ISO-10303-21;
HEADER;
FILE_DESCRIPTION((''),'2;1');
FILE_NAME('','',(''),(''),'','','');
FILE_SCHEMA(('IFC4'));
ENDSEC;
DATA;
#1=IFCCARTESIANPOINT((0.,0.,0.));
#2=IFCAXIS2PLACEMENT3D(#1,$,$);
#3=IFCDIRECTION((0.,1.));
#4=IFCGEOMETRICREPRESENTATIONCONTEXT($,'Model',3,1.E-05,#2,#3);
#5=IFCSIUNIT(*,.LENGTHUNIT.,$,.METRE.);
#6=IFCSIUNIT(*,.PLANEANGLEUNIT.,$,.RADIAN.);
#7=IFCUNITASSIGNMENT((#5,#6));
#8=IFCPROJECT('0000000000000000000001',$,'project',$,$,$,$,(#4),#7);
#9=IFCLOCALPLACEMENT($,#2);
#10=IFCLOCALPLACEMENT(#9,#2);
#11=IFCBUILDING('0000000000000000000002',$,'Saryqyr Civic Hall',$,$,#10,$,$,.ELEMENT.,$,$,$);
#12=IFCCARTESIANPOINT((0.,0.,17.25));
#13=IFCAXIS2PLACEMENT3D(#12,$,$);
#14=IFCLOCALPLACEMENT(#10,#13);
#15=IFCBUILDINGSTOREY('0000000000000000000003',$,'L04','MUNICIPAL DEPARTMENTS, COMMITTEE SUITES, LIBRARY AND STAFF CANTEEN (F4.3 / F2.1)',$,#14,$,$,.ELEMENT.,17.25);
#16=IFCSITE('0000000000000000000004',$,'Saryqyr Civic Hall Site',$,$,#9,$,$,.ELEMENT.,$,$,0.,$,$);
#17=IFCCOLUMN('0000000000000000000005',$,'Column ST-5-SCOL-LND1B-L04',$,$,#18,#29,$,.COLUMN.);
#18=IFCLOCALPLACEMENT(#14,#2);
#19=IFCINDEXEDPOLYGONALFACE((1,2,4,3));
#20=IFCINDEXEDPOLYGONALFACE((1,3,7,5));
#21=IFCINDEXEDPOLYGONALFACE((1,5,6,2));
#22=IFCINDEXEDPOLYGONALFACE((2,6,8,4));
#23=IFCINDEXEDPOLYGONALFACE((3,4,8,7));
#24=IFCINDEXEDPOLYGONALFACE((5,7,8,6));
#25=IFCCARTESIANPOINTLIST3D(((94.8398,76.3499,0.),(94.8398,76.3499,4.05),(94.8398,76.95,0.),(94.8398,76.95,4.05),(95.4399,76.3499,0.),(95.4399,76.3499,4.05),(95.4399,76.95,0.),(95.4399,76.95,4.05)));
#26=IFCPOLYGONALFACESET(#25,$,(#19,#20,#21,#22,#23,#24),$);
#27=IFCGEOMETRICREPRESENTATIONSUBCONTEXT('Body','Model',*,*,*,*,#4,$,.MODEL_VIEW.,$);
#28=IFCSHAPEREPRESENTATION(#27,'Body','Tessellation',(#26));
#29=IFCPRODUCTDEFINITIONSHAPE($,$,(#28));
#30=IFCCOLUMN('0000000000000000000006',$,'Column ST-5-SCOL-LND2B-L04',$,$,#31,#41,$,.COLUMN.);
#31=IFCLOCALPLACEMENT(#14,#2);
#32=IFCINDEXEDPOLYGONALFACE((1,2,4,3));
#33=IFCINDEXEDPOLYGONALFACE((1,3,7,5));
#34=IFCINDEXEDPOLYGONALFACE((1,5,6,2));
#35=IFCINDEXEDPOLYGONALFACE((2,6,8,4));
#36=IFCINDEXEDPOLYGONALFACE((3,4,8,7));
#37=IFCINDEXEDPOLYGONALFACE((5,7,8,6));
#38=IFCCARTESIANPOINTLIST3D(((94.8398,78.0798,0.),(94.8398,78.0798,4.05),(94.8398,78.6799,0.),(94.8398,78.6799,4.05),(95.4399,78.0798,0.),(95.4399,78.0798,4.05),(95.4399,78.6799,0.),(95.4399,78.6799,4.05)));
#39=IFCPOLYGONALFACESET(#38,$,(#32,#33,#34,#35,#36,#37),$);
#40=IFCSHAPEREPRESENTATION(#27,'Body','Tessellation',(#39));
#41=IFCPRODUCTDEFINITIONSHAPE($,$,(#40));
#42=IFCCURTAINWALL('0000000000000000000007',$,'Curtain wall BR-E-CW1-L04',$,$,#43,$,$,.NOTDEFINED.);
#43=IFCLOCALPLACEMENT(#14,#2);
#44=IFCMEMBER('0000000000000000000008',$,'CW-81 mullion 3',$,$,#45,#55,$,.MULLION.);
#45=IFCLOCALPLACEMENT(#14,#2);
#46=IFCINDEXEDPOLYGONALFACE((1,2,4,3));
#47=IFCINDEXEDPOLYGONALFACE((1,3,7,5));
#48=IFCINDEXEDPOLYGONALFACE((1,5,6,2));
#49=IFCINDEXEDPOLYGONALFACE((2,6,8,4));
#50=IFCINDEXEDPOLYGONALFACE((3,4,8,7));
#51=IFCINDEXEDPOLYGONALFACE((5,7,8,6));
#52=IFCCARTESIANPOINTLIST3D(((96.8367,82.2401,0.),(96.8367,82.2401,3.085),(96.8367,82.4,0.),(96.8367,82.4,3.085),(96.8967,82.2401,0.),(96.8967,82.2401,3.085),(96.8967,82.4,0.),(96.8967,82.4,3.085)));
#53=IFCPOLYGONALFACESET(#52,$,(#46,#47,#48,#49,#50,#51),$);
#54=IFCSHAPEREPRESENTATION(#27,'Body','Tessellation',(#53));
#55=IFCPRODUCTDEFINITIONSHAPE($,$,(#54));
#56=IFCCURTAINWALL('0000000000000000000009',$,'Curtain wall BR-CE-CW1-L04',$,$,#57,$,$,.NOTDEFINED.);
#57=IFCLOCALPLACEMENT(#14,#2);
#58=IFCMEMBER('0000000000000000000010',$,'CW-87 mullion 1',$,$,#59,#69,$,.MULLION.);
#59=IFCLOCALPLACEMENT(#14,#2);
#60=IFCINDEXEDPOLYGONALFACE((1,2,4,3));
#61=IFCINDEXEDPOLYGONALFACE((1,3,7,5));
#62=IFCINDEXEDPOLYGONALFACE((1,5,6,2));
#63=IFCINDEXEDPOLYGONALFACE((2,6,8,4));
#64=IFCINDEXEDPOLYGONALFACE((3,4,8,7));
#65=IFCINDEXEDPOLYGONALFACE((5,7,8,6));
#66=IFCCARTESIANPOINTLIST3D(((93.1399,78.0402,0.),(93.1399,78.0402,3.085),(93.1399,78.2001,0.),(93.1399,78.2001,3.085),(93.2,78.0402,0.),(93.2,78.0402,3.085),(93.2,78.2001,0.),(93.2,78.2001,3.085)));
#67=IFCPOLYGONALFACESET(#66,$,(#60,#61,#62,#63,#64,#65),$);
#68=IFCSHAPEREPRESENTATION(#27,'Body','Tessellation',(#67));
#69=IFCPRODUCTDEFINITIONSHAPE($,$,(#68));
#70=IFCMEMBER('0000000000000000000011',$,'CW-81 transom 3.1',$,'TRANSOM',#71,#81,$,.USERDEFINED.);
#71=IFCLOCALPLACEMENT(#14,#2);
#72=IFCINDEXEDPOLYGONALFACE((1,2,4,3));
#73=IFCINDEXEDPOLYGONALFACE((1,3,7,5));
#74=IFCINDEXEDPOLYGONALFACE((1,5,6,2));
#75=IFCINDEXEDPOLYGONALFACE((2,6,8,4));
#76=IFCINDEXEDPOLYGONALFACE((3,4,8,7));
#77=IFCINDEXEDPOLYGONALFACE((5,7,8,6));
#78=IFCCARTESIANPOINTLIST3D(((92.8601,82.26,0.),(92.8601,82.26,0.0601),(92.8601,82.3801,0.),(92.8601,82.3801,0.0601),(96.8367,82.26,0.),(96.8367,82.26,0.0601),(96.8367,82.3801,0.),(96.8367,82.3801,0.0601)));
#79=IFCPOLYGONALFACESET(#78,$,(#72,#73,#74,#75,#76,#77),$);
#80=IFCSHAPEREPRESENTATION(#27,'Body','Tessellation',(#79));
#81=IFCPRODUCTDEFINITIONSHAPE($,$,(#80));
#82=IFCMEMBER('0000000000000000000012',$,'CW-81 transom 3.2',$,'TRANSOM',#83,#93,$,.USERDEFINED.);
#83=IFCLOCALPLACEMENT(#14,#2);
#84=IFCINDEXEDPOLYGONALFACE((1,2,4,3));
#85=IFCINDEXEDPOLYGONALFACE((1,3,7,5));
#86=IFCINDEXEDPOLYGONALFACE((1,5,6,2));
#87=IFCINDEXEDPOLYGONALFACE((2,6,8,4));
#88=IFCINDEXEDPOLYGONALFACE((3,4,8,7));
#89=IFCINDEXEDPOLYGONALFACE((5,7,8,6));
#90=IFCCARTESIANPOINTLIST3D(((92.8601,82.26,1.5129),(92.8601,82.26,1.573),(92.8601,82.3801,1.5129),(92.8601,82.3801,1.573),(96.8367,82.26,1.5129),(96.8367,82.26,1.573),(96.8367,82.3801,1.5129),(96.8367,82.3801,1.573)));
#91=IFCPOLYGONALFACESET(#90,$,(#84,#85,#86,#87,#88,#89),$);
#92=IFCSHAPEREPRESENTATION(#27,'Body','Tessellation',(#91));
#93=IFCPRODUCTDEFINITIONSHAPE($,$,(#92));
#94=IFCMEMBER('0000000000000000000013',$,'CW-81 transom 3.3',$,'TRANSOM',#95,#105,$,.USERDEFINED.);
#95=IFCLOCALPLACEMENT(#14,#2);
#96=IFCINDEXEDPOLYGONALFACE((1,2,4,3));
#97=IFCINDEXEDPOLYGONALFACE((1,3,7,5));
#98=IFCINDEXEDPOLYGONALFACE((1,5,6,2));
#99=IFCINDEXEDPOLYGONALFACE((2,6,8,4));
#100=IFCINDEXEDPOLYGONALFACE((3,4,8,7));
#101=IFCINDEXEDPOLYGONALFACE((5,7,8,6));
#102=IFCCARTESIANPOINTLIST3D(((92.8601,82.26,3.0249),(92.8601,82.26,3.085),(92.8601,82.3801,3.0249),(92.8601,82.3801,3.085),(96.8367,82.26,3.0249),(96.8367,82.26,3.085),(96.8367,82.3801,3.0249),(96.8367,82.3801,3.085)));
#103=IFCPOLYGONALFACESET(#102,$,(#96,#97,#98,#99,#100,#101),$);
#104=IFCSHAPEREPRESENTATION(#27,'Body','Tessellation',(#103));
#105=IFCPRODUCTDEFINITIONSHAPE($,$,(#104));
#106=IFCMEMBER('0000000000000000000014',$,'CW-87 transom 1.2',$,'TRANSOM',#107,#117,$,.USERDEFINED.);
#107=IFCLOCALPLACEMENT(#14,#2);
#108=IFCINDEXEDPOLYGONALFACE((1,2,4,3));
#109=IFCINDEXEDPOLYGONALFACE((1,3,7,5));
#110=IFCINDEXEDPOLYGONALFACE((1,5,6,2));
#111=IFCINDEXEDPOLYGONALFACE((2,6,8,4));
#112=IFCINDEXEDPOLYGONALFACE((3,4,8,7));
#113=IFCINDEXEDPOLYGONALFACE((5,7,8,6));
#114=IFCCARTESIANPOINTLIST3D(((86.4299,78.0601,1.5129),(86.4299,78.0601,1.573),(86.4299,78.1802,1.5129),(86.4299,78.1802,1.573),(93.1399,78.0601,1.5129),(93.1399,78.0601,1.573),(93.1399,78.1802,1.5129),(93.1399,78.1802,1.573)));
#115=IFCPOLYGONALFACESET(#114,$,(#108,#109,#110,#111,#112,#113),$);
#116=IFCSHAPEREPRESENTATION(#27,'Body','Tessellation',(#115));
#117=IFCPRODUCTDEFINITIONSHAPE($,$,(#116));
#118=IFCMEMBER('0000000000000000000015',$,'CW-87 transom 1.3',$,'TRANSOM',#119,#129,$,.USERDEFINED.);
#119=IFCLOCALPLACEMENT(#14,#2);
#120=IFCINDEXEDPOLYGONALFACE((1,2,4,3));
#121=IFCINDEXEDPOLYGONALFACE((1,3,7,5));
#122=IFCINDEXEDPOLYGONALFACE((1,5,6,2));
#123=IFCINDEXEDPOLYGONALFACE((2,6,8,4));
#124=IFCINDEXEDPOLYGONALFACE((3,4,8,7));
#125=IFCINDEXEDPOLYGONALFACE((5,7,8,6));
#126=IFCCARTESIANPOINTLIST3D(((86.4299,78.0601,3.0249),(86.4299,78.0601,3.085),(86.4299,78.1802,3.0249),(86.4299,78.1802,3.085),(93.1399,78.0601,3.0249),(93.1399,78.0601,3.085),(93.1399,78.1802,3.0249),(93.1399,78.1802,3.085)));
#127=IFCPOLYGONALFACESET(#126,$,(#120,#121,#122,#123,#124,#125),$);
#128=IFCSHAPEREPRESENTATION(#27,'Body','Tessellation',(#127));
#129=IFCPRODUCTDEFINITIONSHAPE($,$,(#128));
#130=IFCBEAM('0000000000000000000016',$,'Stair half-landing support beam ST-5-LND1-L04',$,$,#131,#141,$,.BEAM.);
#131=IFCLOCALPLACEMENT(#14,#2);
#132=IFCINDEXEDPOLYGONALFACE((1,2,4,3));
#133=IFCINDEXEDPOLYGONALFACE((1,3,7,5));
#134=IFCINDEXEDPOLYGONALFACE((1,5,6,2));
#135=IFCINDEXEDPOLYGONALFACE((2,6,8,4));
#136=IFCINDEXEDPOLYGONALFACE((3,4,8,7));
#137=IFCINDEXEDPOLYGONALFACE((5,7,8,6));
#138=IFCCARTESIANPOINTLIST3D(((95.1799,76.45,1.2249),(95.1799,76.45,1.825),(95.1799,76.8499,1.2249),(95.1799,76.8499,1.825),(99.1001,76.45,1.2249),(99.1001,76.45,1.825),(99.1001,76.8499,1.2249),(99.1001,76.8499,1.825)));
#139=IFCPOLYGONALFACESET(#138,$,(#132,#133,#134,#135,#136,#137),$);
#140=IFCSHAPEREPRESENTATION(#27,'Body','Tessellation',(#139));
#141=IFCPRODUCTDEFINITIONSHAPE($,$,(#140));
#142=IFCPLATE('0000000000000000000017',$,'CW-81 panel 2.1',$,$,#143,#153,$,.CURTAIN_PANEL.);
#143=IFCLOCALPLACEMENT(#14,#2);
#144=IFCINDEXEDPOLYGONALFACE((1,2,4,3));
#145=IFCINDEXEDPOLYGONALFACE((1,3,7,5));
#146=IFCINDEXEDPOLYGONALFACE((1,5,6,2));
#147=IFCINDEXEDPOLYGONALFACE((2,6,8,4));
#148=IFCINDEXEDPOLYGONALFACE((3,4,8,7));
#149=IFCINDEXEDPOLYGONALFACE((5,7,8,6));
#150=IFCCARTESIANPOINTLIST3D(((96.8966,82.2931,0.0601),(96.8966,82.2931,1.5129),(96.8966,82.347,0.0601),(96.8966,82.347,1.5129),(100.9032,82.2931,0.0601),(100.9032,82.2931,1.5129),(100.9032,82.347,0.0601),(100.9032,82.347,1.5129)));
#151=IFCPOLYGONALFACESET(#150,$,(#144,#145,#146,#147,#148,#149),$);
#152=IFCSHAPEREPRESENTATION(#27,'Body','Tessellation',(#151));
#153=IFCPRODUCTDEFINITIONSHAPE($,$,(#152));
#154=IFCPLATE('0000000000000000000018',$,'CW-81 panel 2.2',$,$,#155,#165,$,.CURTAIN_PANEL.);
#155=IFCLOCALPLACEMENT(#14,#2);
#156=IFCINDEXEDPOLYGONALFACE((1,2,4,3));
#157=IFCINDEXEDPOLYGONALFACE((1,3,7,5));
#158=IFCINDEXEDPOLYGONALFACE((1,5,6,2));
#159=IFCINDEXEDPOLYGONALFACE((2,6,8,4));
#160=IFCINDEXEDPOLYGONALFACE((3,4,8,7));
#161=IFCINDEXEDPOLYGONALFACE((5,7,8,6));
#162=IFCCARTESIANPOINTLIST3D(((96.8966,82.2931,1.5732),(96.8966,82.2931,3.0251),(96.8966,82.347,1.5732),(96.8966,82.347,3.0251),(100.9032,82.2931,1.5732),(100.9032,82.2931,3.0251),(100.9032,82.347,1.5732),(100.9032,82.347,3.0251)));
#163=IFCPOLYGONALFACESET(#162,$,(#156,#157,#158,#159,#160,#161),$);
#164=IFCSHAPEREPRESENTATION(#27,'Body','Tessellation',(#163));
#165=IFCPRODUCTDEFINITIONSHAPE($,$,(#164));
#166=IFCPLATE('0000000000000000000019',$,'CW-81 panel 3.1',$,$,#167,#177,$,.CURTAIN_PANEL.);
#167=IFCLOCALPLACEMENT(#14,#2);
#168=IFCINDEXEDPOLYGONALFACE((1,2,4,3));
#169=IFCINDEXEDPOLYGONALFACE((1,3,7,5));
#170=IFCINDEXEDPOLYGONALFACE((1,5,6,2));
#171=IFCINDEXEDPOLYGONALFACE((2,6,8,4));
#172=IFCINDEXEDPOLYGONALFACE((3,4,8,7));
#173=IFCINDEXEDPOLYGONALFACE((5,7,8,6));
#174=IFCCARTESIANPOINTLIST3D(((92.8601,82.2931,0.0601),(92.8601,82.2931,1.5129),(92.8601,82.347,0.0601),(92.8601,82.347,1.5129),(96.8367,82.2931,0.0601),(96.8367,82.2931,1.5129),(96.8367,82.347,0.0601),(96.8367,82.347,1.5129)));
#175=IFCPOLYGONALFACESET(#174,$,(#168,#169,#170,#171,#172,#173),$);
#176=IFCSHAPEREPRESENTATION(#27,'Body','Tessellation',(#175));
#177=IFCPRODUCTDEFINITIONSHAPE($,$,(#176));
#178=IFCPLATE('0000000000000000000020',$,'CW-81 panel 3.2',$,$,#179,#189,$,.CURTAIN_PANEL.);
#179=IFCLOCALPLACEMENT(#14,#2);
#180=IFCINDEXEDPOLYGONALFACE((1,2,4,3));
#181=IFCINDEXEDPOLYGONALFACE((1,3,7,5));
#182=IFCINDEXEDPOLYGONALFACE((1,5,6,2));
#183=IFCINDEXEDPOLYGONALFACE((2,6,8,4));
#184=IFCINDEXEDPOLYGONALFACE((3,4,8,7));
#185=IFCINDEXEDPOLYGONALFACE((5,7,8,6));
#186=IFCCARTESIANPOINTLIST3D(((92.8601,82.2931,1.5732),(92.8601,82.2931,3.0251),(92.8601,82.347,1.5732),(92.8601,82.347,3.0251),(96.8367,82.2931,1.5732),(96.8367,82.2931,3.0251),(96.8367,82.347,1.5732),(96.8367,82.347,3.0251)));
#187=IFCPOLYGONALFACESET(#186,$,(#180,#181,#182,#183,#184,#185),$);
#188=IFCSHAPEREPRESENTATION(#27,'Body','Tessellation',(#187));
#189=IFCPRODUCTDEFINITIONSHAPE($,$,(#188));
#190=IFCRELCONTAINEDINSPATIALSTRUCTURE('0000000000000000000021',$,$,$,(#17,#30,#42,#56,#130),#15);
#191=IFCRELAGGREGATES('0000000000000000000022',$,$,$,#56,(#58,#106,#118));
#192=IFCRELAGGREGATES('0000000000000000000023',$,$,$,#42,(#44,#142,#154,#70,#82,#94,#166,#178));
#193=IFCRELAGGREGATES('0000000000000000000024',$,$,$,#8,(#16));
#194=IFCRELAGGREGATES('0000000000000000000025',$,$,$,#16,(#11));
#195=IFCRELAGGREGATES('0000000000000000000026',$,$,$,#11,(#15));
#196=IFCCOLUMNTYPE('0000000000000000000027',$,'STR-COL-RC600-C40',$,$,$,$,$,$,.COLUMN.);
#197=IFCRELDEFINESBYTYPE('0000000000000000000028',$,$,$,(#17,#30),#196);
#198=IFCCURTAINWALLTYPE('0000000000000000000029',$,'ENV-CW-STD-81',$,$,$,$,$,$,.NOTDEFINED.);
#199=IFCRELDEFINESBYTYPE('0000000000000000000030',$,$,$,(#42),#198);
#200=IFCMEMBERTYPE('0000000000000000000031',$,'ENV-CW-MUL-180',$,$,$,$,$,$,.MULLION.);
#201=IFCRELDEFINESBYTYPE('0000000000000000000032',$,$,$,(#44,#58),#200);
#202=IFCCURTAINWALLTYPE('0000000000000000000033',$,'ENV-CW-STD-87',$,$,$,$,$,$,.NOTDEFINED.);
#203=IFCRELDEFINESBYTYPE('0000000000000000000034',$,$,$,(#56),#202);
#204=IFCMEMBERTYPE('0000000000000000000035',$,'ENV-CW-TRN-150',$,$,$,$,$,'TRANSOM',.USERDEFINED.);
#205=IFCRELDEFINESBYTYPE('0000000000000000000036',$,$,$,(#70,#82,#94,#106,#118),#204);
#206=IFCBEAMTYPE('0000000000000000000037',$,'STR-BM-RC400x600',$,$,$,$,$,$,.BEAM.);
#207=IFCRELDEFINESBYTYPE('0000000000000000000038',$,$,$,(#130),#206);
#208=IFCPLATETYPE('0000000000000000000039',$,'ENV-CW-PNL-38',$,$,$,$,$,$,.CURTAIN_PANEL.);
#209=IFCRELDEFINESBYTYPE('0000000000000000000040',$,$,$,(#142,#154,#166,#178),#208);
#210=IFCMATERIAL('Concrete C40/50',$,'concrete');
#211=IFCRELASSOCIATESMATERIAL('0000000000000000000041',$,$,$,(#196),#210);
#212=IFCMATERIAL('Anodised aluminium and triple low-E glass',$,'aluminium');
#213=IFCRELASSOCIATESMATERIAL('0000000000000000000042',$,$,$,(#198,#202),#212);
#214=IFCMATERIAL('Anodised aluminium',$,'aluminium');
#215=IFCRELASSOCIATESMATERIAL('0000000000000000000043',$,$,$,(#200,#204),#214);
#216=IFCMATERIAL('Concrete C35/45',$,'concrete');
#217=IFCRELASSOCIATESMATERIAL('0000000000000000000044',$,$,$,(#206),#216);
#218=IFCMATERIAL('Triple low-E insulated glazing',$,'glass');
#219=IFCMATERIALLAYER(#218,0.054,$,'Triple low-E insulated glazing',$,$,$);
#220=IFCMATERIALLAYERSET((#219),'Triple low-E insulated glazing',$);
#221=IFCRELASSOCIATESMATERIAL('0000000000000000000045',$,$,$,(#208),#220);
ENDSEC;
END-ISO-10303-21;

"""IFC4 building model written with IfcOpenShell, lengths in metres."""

from ifc_helpers import new_model, si_unit, direction, frame, origin, origin_2d, place, context, subcontext, project, spatial, rectangle, extrude, material, layer, layer_set, material_profile, profile_set, type_object, element, aggregate, save


model = new_model("IFC4")

# Units and contexts
model_context = context("Model", 3, precision=1e-05, world=origin(), true_north=direction((0.0, 1.0)))
body_context = subcontext(model_context, "Body", "Model", "MODEL_VIEW")
ifc_project = project(units=[si_unit("LENGTHUNIT", "METRE"), si_unit("PLANEANGLEUNIT", "RADIAN")], contexts=[model_context])

# Site, building, storey
site_placement = place(None, origin())
site = spatial("IfcSite", under=ifc_project, at=site_placement, Name="Saryqyr Civic Hall Site", CompositionType="ELEMENT", RefElevation=0.0)
building_placement = place(site_placement, origin())
building = spatial("IfcBuilding", under=site, at=building_placement, Name="Saryqyr Civic Hall", CompositionType="ELEMENT")
storey_placement = place(building_placement, frame((0.0, 0.0, 17.25)))
storey = spatial("IfcBuildingStorey", under=building, at=storey_placement, Name="L04", Description="MUNICIPAL DEPARTMENTS, COMMITTEE SUITES, LIBRARY AND STAFF CANTEEN (F4.3 / F2.1)", CompositionType="ELEMENT", Elevation=17.25)

# Columns
ifc_material_1 = material(Name="Concrete C40/50", Category="concrete")
ifc_material_profile_1 = material_profile(ifc_material_1, rectangle(XDim=0.6001, YDim=0.6001, at=origin_2d()), Name="RC 600x600")
ifc_profile_set_1 = profile_set([ifc_material_profile_1], Name="Concrete C40/50")
column_type = type_object("IfcColumnType", Name="STR-COL-RC600-C40", PredefinedType="COLUMN", material=ifc_profile_set_1)
for number, where, z_axis, x_axis, name in (
    (1, (95.1399, 76.6499, 0.0), (0.0, 0.0, 1.0), (1.0, 0.0, 0.0), "Column ST-5-SCOL-LND1B-L04"),
    (2, (95.1399, 78.3799, 0.0), (0.0, 0.0, 1.0), (1.0, 0.0, 0.0), "Column ST-5-SCOL-LND2B-L04"),
):
    element("IfcColumn", number, at=place(storey_placement, frame(where, z_axis=z_axis, x_axis=x_axis)), inside=storey, type_object=column_type, Name=name, PredefinedType="COLUMN", context=body_context, shape_type="SweptSolid", body=[
        extrude(rectangle(XDim=0.6001, YDim=0.6001, at=origin_2d()), origin(), (0.0, 0.0, 1.0), 4.05),
    ])

# Curtain walls, members
ifc_material_2 = material(Name="Anodised aluminium and triple low-E glass", Category="aluminium")
curtain_wall_type_1 = type_object("IfcCurtainWallType", Name="ENV-CW-STD-81", PredefinedType="NOTDEFINED", material=ifc_material_2)
curtain_wall_1_placement = place(storey_placement, origin())
curtain_wall_1 = element("IfcCurtainWall", 3, at=curtain_wall_1_placement, inside=storey, type_object=curtain_wall_type_1, Name="Curtain wall BR-E-CW1-L04", PredefinedType="NOTDEFINED")
ifc_material_3 = material(Name="Anodised aluminium", Category="aluminium")
ifc_material_profile_2 = material_profile(ifc_material_3, rectangle(XDim=0.0601, YDim=0.1599, at=origin_2d()), Name="ALU MULLION 60x160")
ifc_profile_set_2 = profile_set([ifc_material_profile_2], Name="Anodised aluminium")
member_type_1 = type_object("IfcMemberType", Name="ENV-CW-MUL-180", PredefinedType="MULLION", material=ifc_profile_set_2)
member_1_placement = place(storey_placement, frame((96.8667, 82.3201, 0.0), z_axis=(0.0, 0.0, 1.0), x_axis=(-1.0, 0.0, 0.0)))
member_1 = element("IfcMember", 4, at=member_1_placement, type_object=member_type_1, Name="CW-81 mullion 3", PredefinedType="MULLION", context=body_context, shape_type="SweptSolid", body=[
    extrude(rectangle(XDim=0.0601, YDim=0.1599, at=origin_2d()), origin(), (0.0, 0.0, 1.0), 3.085),
])
curtain_wall_type_2 = type_object("IfcCurtainWallType", Name="ENV-CW-STD-87", PredefinedType="NOTDEFINED", material=ifc_material_2)
curtain_wall_2_placement = place(storey_placement, origin())
curtain_wall_2 = element("IfcCurtainWall", 5, at=curtain_wall_2_placement, inside=storey, type_object=curtain_wall_type_2, Name="Curtain wall BR-CE-CW1-L04", PredefinedType="NOTDEFINED")
member_2_placement = place(storey_placement, frame((93.1699, 78.1201, 0.0), z_axis=(0.0, 0.0, 1.0), x_axis=(-1.0, 0.0, 0.0)))
member_2 = element("IfcMember", 6, at=member_2_placement, type_object=member_type_1, Name="CW-87 mullion 1", PredefinedType="MULLION", context=body_context, shape_type="SweptSolid", body=[
    extrude(rectangle(XDim=0.0601, YDim=0.1599, at=origin_2d()), origin(), (0.0, 0.0, 1.0), 3.085),
])

# Members
ifc_material_profile_3 = material_profile(ifc_material_3, rectangle(XDim=0.1201, YDim=0.0601, at=origin_2d()), Name="ALU TRANSOM 120x60")
ifc_profile_set_3 = profile_set([ifc_material_profile_3], Name="Anodised aluminium")
member_type_2 = type_object("IfcMemberType", Name="ENV-CW-TRN-150", ElementType="TRANSOM", PredefinedType="USERDEFINED", material=ifc_profile_set_3)
member_3_placement = place(storey_placement, frame((96.8367, 82.3201, 0.03), z_axis=(-1.0, 0.0, 0.0), x_axis=(0.0, -1.0, 0.0)))
member_3 = element("IfcMember", 7, at=member_3_placement, type_object=member_type_2, Name="CW-81 transom 3.1", ObjectType="TRANSOM", PredefinedType="USERDEFINED", context=body_context, shape_type="SweptSolid", body=[
    extrude(rectangle(XDim=0.1201, YDim=0.0601, at=origin_2d()), origin(), (0.0, 0.0, 1.0), 3.9766),
])
member_4_placement = place(storey_placement, frame((96.8367, 82.3201, 1.543), z_axis=(-1.0, 0.0, 0.0), x_axis=(0.0, -1.0, 0.0)))
member_4 = element("IfcMember", 8, at=member_4_placement, type_object=member_type_2, Name="CW-81 transom 3.2", ObjectType="TRANSOM", PredefinedType="USERDEFINED", context=body_context, shape_type="SweptSolid", body=[
    extrude(rectangle(XDim=0.1201, YDim=0.0601, at=origin_2d()), origin(), (0.0, 0.0, 1.0), 3.9766),
])
member_5_placement = place(storey_placement, frame((96.8367, 82.3201, 3.0549), z_axis=(-1.0, 0.0, 0.0), x_axis=(0.0, -1.0, 0.0)))
member_5 = element("IfcMember", 9, at=member_5_placement, type_object=member_type_2, Name="CW-81 transom 3.3", ObjectType="TRANSOM", PredefinedType="USERDEFINED", context=body_context, shape_type="SweptSolid", body=[
    extrude(rectangle(XDim=0.1201, YDim=0.0601, at=origin_2d()), origin(), (0.0, 0.0, 1.0), 3.9766),
])
member_6_placement = place(storey_placement, frame((93.1399, 78.1201, 1.543), z_axis=(-1.0, 0.0, 0.0), x_axis=(0.0, -1.0, 0.0)))
member_6 = element("IfcMember", 10, at=member_6_placement, type_object=member_type_2, Name="CW-87 transom 1.2", ObjectType="TRANSOM", PredefinedType="USERDEFINED", context=body_context, shape_type="SweptSolid", body=[
    extrude(rectangle(XDim=0.1201, YDim=0.0601, at=origin_2d()), origin(), (0.0, 0.0, 1.0), 6.71),
])
member_7_placement = place(storey_placement, frame((93.1399, 78.1201, 3.0549), z_axis=(-1.0, 0.0, 0.0), x_axis=(0.0, -1.0, 0.0)))
member_7 = element("IfcMember", 11, at=member_7_placement, type_object=member_type_2, Name="CW-87 transom 1.3", ObjectType="TRANSOM", PredefinedType="USERDEFINED", context=body_context, shape_type="SweptSolid", body=[
    extrude(rectangle(XDim=0.1201, YDim=0.0601, at=origin_2d()), origin(), (0.0, 0.0, 1.0), 6.71),
])
aggregate(curtain_wall_2, [member_2, member_6, member_7])

# Beam
ifc_material_4 = material(Name="Concrete C35/45", Category="concrete")
ifc_material_profile_4 = material_profile(ifc_material_4, rectangle(XDim=0.3999, YDim=0.6001, at=origin_2d()), Name="RC 400x600")
ifc_profile_set_4 = profile_set([ifc_material_profile_4], Name="Concrete C35/45")
beam_type = type_object("IfcBeamType", Name="STR-BM-RC400x600", PredefinedType="BEAM", material=ifc_profile_set_4)
beam_placement = place(storey_placement, frame((99.1001, 76.6499, 1.5249), z_axis=(-1.0, 0.0, 0.0), x_axis=(0.0, -1.0, 0.0)))
element("IfcBeam", 12, at=beam_placement, inside=storey, type_object=beam_type, Name="Stair half-landing support beam ST-5-LND1-L04", PredefinedType="BEAM", context=body_context, shape_type="SweptSolid", body=[
    extrude(rectangle(XDim=0.3999, YDim=0.6001, at=origin_2d()), origin(), (0.0, 0.0, 1.0), 3.9202),
])

# Plates
ifc_material_5 = material(Name="Triple low-E insulated glazing", Category="glass")
ifc_layer_1 = layer(ifc_material_5, 0.054, Name="Triple low-E insulated glazing")
ifc_layer_set_1 = layer_set([ifc_layer_1], Name="Triple low-E insulated glazing")
plate_type = type_object("IfcPlateType", Name="ENV-CW-PNL-38", PredefinedType="CURTAIN_PANEL", material=ifc_layer_set_1)
plate_1_placement = place(storey_placement, frame((98.8999, 82.3201, 0.0601), z_axis=(0.0, 0.0, 1.0), x_axis=(-1.0, 0.0, 0.0)))
plate_1 = element("IfcPlate", 13, at=plate_1_placement, type_object=plate_type, Name="CW-81 panel 2.1", PredefinedType="CURTAIN_PANEL", context=body_context, shape_type="SweptSolid", body=[
    extrude(rectangle(XDim=4.0066, YDim=0.054, at=origin_2d()), origin(), (0.0, 0.0, 1.0), 1.4529),
])
plate_2_placement = place(storey_placement, frame((98.8999, 82.3201, 1.5732), z_axis=(0.0, 0.0, 1.0), x_axis=(-1.0, 0.0, 0.0)))
plate_2 = element("IfcPlate", 14, at=plate_2_placement, type_object=plate_type, Name="CW-81 panel 2.2", PredefinedType="CURTAIN_PANEL", context=body_context, shape_type="SweptSolid", body=[
    extrude(rectangle(XDim=4.0066, YDim=0.054, at=origin_2d()), origin(), (0.0, 0.0, 1.0), 1.4519),
])
plate_3_placement = place(storey_placement, frame((94.8484, 82.3201, 0.0601), z_axis=(0.0, 0.0, 1.0), x_axis=(-1.0, 0.0, 0.0)))
plate_3 = element("IfcPlate", 15, at=plate_3_placement, type_object=plate_type, Name="CW-81 panel 3.1", PredefinedType="CURTAIN_PANEL", context=body_context, shape_type="SweptSolid", body=[
    extrude(rectangle(XDim=3.9766, YDim=0.054, at=origin_2d()), origin(), (0.0, 0.0, 1.0), 1.4529),
])
plate_4_placement = place(storey_placement, frame((94.8484, 82.3201, 1.5732), z_axis=(0.0, 0.0, 1.0), x_axis=(-1.0, 0.0, 0.0)))
plate_4 = element("IfcPlate", 16, at=plate_4_placement, type_object=plate_type, Name="CW-81 panel 3.2", PredefinedType="CURTAIN_PANEL", context=body_context, shape_type="SweptSolid", body=[
    extrude(rectangle(XDim=3.9766, YDim=0.054, at=origin_2d()), origin(), (0.0, 0.0, 1.0), 1.4519),
])
aggregate(curtain_wall_1, [member_1, plate_1, plate_2, member_3, member_4, member_5, plate_3, plate_4])

save(model, "model.ifc")
